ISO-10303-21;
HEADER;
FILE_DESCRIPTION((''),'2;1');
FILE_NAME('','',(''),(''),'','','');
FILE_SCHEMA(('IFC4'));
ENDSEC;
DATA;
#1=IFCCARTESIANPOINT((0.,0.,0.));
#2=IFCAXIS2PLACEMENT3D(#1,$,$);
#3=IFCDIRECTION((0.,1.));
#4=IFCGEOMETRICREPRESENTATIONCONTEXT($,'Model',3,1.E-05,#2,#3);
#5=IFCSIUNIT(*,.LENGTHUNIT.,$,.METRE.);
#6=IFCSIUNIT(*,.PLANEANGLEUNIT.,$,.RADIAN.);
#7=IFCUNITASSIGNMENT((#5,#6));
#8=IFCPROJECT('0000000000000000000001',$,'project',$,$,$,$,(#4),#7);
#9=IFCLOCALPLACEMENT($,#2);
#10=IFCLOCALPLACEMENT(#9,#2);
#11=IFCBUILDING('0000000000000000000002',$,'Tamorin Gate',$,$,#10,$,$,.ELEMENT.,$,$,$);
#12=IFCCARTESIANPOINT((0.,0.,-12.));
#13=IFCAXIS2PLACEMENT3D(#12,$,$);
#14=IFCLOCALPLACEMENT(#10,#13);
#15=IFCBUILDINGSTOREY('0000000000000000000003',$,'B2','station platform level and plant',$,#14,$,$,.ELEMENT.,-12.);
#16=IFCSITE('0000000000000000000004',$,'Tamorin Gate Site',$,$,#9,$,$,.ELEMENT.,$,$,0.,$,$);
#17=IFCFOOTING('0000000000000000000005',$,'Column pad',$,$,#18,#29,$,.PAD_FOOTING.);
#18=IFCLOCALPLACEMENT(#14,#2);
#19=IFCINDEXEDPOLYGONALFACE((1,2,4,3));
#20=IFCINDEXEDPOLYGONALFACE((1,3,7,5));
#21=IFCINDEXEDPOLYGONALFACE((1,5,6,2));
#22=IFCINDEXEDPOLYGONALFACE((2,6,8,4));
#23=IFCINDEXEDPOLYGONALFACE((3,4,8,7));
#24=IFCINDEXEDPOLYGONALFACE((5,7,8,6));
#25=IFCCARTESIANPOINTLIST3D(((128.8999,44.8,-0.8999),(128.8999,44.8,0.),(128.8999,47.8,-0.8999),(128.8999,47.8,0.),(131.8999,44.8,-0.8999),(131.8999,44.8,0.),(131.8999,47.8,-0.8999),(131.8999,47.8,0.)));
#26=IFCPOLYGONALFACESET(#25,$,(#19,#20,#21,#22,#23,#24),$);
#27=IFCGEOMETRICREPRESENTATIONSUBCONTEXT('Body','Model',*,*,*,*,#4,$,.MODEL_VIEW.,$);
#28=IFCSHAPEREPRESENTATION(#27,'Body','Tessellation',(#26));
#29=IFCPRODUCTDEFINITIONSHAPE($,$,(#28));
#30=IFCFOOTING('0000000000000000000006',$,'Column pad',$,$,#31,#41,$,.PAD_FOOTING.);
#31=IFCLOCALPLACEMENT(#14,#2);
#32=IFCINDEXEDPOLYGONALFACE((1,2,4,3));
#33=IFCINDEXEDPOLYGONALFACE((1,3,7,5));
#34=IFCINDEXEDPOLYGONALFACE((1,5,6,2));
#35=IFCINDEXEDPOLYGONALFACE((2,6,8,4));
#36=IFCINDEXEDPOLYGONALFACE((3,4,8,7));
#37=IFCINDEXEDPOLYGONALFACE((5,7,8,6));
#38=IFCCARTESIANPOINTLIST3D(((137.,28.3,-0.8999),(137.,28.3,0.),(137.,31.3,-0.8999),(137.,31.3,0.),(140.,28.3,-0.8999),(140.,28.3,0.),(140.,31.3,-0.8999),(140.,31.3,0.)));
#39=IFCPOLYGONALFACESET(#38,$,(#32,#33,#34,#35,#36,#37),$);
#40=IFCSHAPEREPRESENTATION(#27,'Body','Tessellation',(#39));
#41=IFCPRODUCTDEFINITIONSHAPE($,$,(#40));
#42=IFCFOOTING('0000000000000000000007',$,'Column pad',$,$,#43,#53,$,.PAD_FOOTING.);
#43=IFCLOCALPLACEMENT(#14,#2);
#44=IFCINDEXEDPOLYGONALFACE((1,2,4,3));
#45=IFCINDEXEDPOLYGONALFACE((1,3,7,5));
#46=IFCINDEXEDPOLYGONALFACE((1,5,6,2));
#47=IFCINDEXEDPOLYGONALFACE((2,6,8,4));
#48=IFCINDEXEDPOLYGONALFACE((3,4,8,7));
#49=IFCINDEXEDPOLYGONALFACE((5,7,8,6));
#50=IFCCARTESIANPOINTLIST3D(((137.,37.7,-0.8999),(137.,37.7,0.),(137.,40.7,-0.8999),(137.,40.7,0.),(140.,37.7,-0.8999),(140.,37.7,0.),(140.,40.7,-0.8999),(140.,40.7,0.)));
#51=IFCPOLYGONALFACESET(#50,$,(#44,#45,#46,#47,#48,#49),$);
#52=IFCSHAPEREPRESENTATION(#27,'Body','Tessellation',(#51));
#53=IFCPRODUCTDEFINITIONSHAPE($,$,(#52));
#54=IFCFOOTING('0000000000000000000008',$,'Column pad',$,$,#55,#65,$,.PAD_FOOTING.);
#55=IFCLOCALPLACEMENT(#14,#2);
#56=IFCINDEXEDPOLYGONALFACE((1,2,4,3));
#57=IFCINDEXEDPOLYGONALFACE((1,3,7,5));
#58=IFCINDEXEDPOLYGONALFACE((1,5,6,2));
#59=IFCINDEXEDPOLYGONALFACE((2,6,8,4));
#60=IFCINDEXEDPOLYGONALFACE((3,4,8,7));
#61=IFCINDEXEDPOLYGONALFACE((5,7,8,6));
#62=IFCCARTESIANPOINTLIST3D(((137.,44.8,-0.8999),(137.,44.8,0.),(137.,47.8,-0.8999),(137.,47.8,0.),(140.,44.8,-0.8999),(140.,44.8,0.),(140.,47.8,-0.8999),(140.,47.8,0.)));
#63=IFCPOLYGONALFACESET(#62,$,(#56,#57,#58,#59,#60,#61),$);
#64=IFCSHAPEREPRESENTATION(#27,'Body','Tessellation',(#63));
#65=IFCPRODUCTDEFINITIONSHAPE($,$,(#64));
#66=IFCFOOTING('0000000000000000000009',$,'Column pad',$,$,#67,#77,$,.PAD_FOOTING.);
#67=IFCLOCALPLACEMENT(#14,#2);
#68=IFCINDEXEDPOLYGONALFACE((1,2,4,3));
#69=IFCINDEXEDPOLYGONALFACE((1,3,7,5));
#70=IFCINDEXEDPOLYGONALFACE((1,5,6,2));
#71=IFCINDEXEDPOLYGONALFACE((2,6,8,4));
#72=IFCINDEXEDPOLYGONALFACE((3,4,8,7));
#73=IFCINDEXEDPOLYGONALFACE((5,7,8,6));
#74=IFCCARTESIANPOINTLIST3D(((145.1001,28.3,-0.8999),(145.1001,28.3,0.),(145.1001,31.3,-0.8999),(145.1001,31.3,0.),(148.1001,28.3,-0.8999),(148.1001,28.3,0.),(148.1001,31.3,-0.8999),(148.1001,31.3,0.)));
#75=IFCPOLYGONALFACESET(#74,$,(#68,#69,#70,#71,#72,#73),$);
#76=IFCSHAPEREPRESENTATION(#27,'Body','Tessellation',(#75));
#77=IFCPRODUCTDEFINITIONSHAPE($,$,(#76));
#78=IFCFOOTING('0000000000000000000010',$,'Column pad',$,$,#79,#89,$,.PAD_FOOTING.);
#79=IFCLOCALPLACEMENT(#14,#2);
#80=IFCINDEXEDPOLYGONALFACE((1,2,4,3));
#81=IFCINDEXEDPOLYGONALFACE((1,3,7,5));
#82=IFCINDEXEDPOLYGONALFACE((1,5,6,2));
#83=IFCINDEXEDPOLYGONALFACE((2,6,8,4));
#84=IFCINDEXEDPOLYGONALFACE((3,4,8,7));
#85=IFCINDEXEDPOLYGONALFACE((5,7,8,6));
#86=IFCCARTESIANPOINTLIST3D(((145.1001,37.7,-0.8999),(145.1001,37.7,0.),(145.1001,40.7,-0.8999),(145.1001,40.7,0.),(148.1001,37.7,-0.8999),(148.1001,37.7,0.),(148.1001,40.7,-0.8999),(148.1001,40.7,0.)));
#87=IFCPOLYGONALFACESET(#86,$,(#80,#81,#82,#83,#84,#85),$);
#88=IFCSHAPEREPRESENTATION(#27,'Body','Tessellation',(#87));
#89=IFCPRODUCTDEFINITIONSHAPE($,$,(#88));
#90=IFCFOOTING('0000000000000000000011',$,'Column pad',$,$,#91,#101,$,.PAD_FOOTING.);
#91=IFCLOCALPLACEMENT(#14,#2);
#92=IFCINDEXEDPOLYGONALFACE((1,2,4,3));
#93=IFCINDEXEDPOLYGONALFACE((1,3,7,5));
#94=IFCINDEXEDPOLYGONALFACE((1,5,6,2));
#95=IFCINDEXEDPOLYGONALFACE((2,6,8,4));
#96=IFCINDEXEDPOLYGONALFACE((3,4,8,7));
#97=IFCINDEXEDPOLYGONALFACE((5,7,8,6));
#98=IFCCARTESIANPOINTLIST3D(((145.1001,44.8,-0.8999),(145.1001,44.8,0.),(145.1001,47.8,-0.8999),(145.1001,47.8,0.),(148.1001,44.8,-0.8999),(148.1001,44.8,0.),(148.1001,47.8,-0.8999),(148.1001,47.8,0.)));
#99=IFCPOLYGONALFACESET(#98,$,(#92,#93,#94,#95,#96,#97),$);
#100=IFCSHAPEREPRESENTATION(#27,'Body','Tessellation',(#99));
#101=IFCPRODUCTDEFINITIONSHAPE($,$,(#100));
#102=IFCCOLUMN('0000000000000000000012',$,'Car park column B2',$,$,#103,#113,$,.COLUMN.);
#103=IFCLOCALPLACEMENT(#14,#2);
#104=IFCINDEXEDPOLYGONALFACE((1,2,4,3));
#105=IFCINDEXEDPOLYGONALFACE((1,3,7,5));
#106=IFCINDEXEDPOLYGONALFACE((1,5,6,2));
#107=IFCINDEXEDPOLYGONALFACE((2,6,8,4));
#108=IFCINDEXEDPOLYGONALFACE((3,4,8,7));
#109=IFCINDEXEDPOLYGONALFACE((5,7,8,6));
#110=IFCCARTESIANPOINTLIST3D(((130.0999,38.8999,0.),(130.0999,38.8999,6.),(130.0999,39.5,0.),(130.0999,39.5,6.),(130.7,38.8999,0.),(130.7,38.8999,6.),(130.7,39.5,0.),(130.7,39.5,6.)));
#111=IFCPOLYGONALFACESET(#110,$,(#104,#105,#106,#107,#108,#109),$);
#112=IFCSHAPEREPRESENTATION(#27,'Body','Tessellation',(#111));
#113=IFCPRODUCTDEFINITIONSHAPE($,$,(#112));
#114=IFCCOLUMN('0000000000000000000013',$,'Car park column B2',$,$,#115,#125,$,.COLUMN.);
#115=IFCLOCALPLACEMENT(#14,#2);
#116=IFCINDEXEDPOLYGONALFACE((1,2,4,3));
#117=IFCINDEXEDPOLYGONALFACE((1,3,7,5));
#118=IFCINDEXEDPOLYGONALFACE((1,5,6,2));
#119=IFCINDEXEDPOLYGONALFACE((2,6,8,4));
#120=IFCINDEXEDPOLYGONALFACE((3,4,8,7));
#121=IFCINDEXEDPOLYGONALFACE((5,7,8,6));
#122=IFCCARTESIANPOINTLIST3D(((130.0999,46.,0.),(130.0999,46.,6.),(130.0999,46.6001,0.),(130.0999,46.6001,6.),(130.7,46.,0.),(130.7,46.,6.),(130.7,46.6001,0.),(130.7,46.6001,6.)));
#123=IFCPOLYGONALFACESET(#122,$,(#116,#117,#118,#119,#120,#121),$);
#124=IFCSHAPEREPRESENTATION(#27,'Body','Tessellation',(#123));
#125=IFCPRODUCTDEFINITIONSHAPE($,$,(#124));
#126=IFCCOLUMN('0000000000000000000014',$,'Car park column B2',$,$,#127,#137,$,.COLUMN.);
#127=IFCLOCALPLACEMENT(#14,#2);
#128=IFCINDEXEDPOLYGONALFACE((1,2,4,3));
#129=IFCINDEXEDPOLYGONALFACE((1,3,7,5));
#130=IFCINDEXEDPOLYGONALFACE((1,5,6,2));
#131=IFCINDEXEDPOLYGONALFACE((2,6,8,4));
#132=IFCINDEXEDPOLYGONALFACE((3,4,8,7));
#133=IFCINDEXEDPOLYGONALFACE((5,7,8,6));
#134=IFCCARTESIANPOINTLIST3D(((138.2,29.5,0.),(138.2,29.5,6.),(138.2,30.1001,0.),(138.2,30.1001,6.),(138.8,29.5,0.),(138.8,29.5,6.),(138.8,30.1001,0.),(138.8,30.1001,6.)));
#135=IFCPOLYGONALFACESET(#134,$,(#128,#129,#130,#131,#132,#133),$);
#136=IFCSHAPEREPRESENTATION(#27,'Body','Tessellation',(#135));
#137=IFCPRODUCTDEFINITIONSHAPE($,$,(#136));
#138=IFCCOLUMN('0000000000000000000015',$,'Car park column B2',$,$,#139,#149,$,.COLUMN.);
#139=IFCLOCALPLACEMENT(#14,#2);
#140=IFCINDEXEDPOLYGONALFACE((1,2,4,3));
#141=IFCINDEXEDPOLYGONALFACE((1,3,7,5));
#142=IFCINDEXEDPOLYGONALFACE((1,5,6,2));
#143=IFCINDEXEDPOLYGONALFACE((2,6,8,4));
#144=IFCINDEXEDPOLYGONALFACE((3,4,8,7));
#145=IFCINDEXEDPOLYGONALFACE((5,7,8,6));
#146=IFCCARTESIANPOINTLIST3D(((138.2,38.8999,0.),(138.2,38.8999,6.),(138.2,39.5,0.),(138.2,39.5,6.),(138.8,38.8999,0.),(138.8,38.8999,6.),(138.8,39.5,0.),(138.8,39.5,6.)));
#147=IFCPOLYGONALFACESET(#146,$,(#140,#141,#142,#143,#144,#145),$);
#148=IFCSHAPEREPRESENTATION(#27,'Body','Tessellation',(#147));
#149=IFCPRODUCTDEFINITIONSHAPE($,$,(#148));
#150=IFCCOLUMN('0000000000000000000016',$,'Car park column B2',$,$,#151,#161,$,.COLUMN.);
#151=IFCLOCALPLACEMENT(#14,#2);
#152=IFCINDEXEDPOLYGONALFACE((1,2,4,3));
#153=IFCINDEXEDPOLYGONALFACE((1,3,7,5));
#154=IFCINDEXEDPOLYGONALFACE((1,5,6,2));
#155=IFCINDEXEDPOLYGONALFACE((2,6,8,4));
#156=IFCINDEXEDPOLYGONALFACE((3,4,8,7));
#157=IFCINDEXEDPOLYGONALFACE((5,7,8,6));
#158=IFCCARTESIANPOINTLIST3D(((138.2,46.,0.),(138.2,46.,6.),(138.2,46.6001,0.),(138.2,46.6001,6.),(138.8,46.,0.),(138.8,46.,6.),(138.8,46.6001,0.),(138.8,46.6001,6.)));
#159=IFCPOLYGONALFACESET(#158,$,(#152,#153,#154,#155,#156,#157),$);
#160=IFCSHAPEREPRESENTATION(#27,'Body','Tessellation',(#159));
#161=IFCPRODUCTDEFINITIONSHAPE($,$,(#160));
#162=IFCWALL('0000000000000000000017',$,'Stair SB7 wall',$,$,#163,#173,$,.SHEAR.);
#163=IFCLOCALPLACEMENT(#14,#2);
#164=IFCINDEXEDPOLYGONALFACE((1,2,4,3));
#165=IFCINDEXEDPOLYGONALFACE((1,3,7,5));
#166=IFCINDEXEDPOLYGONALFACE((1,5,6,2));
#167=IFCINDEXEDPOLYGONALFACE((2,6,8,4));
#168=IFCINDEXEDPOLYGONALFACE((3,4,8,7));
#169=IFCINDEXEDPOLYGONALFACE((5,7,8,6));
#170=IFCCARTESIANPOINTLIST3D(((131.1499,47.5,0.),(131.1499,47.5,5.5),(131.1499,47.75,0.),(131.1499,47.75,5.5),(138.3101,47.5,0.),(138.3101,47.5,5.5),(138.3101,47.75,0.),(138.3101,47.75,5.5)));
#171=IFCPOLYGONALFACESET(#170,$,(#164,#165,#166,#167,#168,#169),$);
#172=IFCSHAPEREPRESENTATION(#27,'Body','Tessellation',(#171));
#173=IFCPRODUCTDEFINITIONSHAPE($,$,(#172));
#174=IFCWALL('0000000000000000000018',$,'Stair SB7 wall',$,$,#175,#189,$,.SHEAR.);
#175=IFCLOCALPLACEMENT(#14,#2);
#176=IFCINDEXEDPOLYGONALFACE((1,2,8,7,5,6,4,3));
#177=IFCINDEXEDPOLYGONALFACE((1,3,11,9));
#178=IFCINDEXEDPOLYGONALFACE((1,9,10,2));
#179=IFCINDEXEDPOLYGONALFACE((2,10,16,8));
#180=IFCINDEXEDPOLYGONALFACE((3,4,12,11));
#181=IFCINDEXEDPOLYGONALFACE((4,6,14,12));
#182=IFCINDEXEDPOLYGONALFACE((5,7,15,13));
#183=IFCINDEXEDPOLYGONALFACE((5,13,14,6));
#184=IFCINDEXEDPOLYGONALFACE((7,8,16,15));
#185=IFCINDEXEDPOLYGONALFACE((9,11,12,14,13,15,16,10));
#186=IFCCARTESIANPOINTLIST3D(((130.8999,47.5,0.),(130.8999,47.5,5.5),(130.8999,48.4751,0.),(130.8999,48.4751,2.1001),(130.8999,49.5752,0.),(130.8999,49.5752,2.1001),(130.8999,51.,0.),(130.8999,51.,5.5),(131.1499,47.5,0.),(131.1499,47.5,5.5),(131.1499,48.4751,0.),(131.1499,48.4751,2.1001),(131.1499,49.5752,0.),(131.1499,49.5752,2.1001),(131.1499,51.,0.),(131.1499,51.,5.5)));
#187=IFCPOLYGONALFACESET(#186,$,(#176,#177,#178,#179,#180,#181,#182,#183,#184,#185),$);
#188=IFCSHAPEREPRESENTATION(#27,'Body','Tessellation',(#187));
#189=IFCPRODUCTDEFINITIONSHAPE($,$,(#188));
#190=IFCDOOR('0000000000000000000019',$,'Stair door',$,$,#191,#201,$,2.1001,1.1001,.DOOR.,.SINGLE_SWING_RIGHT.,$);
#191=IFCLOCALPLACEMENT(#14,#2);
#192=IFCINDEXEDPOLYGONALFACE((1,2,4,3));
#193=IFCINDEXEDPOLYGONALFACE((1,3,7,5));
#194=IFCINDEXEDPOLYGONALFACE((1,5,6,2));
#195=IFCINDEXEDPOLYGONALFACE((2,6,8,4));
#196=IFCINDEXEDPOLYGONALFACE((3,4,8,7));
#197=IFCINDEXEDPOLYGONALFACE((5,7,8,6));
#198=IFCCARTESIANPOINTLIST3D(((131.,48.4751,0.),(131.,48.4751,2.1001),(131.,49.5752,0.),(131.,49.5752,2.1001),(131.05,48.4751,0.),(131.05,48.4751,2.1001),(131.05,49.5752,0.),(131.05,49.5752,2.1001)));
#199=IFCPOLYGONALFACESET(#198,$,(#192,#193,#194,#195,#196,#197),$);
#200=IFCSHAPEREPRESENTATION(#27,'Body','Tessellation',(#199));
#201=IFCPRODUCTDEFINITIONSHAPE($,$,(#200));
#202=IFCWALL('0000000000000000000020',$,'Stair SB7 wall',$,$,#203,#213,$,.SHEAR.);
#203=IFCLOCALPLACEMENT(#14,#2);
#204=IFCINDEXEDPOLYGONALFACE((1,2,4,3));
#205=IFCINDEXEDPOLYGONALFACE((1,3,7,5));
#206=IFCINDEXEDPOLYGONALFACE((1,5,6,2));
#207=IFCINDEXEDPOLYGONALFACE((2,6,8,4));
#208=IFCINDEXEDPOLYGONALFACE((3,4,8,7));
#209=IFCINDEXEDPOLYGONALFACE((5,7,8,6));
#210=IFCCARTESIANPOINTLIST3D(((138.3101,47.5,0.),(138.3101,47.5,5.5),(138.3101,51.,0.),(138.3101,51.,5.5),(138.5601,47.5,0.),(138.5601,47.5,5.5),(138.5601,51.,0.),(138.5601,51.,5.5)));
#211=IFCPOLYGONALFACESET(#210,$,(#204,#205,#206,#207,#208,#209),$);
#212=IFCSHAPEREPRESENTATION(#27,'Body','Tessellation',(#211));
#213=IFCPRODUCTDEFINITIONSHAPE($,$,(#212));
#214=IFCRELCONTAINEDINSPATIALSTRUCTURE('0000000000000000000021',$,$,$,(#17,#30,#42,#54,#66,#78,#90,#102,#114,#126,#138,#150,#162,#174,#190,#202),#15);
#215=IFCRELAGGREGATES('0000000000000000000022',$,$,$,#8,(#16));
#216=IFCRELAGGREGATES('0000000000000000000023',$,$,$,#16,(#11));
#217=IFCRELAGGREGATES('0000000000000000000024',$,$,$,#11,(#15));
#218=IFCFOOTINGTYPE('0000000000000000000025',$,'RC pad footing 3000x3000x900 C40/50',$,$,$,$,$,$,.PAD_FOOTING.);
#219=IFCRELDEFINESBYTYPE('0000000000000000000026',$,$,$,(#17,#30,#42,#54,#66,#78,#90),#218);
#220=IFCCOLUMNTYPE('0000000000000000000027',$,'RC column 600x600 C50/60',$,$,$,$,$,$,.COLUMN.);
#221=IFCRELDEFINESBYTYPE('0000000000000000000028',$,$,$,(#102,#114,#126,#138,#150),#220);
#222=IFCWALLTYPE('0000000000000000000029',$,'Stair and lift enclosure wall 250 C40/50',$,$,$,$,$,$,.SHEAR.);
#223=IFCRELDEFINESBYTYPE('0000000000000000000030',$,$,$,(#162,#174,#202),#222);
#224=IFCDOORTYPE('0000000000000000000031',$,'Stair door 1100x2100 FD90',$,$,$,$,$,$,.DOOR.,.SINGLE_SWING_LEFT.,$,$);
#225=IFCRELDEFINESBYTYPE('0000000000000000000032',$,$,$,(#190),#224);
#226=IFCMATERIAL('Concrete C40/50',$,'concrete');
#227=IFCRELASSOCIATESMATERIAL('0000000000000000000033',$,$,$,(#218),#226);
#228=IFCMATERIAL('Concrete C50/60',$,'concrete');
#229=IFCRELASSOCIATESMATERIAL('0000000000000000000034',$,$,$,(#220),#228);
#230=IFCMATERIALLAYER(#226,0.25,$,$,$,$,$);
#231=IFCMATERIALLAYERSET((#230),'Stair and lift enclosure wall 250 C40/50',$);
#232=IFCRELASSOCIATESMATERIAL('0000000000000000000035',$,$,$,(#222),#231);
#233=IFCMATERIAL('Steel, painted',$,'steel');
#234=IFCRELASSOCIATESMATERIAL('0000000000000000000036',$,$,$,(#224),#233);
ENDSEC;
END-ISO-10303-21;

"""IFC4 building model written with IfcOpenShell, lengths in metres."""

from ifc_helpers import new_model, si_unit, direction, frame, frame_2d, origin, origin_2d, place, context, subcontext, project, spatial, rectangle, extrude, material, layer, layer_set, material_profile, profile_set, type_object, element, fill, save


model = new_model("IFC4")

# Units and contexts
model_context = context("Model", 3, precision=1e-05, world=origin(), true_north=direction((0.0, 1.0)))
body_context = subcontext(model_context, "Body", "Model", "MODEL_VIEW")
ifc_project = project(units=[si_unit("LENGTHUNIT", "METRE"), si_unit("PLANEANGLEUNIT", "RADIAN")], contexts=[model_context])

# Site, building, storey
site_placement = place(None, origin())
site = spatial("IfcSite", under=ifc_project, at=site_placement, Name="Tamorin Gate Site", CompositionType="ELEMENT", RefElevation=0.0)
building_placement = place(site_placement, origin())
building = spatial("IfcBuilding", under=site, at=building_placement, Name="Tamorin Gate", CompositionType="ELEMENT")
storey_placement = place(building_placement, frame((0.0, 0.0, -12.0)))
storey = spatial("IfcBuildingStorey", under=building, at=storey_placement, Name="B2", Description="station platform level and plant", CompositionType="ELEMENT", Elevation=-12.0)

# Footings
ifc_material_1 = material(Name="Concrete C40/50", Category="concrete")
footing_type = type_object("IfcFootingType", Name="RC pad footing 3000x3000x900 C40/50", PredefinedType="PAD_FOOTING", material=ifc_material_1)
for number, where, z_axis, x_axis, name in (
    (1, (130.3999, 46.3, -0.8999), (0.0, 0.0, 1.0), (1.0, 0.0, 0.0), "Column pad"),
    (2, (138.5, 29.8, -0.8999), (0.0, 0.0, 1.0), (1.0, 0.0, 0.0), "Column pad"),
    (3, (138.5, 39.2, -0.8999), (0.0, 0.0, 1.0), (1.0, 0.0, 0.0), "Column pad"),
    (4, (138.5, 46.3, -0.8999), (0.0, 0.0, 1.0), (1.0, 0.0, 0.0), "Column pad"),
    (5, (146.6001, 29.8, -0.8999), (0.0, 0.0, 1.0), (1.0, 0.0, 0.0), "Column pad"),
    (6, (146.6001, 39.2, -0.8999), (0.0, 0.0, 1.0), (1.0, 0.0, 0.0), "Column pad"),
    (7, (146.6001, 46.3, -0.8999), (0.0, 0.0, 1.0), (1.0, 0.0, 0.0), "Column pad"),
):
    element("IfcFooting", number, at=place(storey_placement, frame(where, z_axis=z_axis, x_axis=x_axis)), inside=storey, type_object=footing_type, Name=name, PredefinedType="PAD_FOOTING", context=body_context, shape_type="SweptSolid", body=[
        extrude(rectangle(XDim=3.0, YDim=3.0, at=origin_2d()), origin(), (0.0, 0.0, 1.0), 0.8999),
    ])

# Columns
ifc_material_2 = material(Name="Concrete C50/60", Category="concrete")
ifc_material_profile = material_profile(ifc_material_2, rectangle(XDim=0.6001, YDim=0.6001, at=origin_2d()))
ifc_profile_set = profile_set([ifc_material_profile], Name="Concrete C50/60")
column_type = type_object("IfcColumnType", Name="RC column 600x600 C50/60", PredefinedType="COLUMN", material=ifc_profile_set)
for number, where, z_axis, x_axis, name in (
    (8, (130.3999, 39.2, 0.0), (0.0, 0.0, 1.0), (1.0, 0.0, 0.0), "Car park column B2"),
    (9, (130.3999, 46.3, 0.0), (0.0, 0.0, 1.0), (1.0, 0.0, 0.0), "Car park column B2"),
    (10, (138.5, 29.8, 0.0), (0.0, 0.0, 1.0), (1.0, 0.0, 0.0), "Car park column B2"),
    (11, (138.5, 39.2, 0.0), (0.0, 0.0, 1.0), (1.0, 0.0, 0.0), "Car park column B2"),
    (12, (138.5, 46.3, 0.0), (0.0, 0.0, 1.0), (1.0, 0.0, 0.0), "Car park column B2"),
):
    element("IfcColumn", number, at=place(storey_placement, frame(where, z_axis=z_axis, x_axis=x_axis)), inside=storey, type_object=column_type, Name=name, PredefinedType="COLUMN", context=body_context, shape_type="SweptSolid", body=[
        extrude(rectangle(XDim=0.6001, YDim=0.6001, at=origin_2d()), origin(), (0.0, 0.0, 1.0), 6.0),
    ])

# Wall
ifc_layer = layer(ifc_material_1, 0.25)
ifc_layer_set = layer_set([ifc_layer], Name="Stair and lift enclosure wall 250 C40/50")
wall_type = type_object("IfcWallType", Name="Stair and lift enclosure wall 250 C40/50", PredefinedType="SHEAR", material=ifc_layer_set)
wall_1_placement = place(storey_placement, frame((131.1499, 47.625, 0.0), z_axis=(0.0, 0.0, 1.0), x_axis=(1.0, 0.0, 0.0)))
element("IfcWall", 13, at=wall_1_placement, inside=storey, type_object=wall_type, Name="Stair SB7 wall", PredefinedType="SHEAR", context=body_context, shape_type="SweptSolid", body=[
    extrude(rectangle(XDim=7.1602, YDim=0.25, at=frame_2d((3.5801, 0.0))), origin(), (0.0, 0.0, 1.0), 5.5),
])

# Wall, opening, door
wall_2_placement = place(storey_placement, frame((131.0249, 47.5, 0.0), z_axis=(0.0, 0.0, 1.0), x_axis=(0.0, 1.0, 0.0)))
wall_2 = element("IfcWall", 14, at=wall_2_placement, inside=storey, type_object=wall_type, Name="Stair SB7 wall", PredefinedType="SHEAR", context=body_context, shape_type="SweptSolid", body=[
    extrude(rectangle(XDim=3.5, YDim=0.25, at=frame_2d((1.75, 0.0))), origin(), (0.0, 0.0, 1.0), 5.5),
])
opening_1_placement = place(wall_2_placement, frame((0.9751, 0.0, 0.0)))
opening_1 = element("IfcOpeningElement", 15, at=opening_1_placement, cuts=wall_2, PredefinedType="OPENING", context=body_context, shape_type="SweptSolid", body=[
    extrude(rectangle(XDim=1.1001, YDim=2.1001, at=frame_2d((0.55, 1.05))), frame((0.0, 0.135, 0.0), z_axis=(0.0, -1.0, 0.0), x_axis=(1.0, 0.0, 0.0)), (0.0, 0.0, 1.0), 0.27),
])
ifc_material_3 = material(Name="Steel, painted", Category="steel")
door_type_1 = type_object("IfcDoorType", Name="Stair door 1100x2100 FD90", OperationType="SINGLE_SWING_LEFT", PredefinedType="DOOR", material=ifc_material_3)
door_1_placement = place(opening_1_placement, origin())
door_1 = element("IfcDoor", 16, at=door_1_placement, inside=storey, type_object=door_type_1, Name="Stair door", OperationType="SINGLE_SWING_RIGHT", OverallHeight=2.1001, OverallWidth=1.1001, PredefinedType="DOOR", context=body_context, shape_type="SweptSolid", body=[
    extrude(rectangle(XDim=1.1001, YDim=2.1001, at=frame_2d((0.55, 1.05))), frame((0.0, 0.0249, 0.0), z_axis=(0.0, -1.0, 0.0), x_axis=(1.0, 0.0, 0.0)), (0.0, 0.0, 1.0), 0.05),
])
fill(opening_1, door_1)

# Wall
wall_3_placement = place(storey_placement, frame((138.4351, 47.5, 0.0), z_axis=(0.0, 0.0, 1.0), x_axis=(0.0, 1.0, 0.0)))
element("IfcWall", 17, at=wall_3_placement, inside=storey, type_object=wall_type, Name="Stair SB7 wall", PredefinedType="SHEAR", context=body_context, shape_type="SweptSolid", body=[
    extrude(rectangle(XDim=3.5, YDim=0.25, at=frame_2d((1.75, 0.0))), origin(), (0.0, 0.0, 1.0), 5.5),
])

save(model, "model.ifc")
